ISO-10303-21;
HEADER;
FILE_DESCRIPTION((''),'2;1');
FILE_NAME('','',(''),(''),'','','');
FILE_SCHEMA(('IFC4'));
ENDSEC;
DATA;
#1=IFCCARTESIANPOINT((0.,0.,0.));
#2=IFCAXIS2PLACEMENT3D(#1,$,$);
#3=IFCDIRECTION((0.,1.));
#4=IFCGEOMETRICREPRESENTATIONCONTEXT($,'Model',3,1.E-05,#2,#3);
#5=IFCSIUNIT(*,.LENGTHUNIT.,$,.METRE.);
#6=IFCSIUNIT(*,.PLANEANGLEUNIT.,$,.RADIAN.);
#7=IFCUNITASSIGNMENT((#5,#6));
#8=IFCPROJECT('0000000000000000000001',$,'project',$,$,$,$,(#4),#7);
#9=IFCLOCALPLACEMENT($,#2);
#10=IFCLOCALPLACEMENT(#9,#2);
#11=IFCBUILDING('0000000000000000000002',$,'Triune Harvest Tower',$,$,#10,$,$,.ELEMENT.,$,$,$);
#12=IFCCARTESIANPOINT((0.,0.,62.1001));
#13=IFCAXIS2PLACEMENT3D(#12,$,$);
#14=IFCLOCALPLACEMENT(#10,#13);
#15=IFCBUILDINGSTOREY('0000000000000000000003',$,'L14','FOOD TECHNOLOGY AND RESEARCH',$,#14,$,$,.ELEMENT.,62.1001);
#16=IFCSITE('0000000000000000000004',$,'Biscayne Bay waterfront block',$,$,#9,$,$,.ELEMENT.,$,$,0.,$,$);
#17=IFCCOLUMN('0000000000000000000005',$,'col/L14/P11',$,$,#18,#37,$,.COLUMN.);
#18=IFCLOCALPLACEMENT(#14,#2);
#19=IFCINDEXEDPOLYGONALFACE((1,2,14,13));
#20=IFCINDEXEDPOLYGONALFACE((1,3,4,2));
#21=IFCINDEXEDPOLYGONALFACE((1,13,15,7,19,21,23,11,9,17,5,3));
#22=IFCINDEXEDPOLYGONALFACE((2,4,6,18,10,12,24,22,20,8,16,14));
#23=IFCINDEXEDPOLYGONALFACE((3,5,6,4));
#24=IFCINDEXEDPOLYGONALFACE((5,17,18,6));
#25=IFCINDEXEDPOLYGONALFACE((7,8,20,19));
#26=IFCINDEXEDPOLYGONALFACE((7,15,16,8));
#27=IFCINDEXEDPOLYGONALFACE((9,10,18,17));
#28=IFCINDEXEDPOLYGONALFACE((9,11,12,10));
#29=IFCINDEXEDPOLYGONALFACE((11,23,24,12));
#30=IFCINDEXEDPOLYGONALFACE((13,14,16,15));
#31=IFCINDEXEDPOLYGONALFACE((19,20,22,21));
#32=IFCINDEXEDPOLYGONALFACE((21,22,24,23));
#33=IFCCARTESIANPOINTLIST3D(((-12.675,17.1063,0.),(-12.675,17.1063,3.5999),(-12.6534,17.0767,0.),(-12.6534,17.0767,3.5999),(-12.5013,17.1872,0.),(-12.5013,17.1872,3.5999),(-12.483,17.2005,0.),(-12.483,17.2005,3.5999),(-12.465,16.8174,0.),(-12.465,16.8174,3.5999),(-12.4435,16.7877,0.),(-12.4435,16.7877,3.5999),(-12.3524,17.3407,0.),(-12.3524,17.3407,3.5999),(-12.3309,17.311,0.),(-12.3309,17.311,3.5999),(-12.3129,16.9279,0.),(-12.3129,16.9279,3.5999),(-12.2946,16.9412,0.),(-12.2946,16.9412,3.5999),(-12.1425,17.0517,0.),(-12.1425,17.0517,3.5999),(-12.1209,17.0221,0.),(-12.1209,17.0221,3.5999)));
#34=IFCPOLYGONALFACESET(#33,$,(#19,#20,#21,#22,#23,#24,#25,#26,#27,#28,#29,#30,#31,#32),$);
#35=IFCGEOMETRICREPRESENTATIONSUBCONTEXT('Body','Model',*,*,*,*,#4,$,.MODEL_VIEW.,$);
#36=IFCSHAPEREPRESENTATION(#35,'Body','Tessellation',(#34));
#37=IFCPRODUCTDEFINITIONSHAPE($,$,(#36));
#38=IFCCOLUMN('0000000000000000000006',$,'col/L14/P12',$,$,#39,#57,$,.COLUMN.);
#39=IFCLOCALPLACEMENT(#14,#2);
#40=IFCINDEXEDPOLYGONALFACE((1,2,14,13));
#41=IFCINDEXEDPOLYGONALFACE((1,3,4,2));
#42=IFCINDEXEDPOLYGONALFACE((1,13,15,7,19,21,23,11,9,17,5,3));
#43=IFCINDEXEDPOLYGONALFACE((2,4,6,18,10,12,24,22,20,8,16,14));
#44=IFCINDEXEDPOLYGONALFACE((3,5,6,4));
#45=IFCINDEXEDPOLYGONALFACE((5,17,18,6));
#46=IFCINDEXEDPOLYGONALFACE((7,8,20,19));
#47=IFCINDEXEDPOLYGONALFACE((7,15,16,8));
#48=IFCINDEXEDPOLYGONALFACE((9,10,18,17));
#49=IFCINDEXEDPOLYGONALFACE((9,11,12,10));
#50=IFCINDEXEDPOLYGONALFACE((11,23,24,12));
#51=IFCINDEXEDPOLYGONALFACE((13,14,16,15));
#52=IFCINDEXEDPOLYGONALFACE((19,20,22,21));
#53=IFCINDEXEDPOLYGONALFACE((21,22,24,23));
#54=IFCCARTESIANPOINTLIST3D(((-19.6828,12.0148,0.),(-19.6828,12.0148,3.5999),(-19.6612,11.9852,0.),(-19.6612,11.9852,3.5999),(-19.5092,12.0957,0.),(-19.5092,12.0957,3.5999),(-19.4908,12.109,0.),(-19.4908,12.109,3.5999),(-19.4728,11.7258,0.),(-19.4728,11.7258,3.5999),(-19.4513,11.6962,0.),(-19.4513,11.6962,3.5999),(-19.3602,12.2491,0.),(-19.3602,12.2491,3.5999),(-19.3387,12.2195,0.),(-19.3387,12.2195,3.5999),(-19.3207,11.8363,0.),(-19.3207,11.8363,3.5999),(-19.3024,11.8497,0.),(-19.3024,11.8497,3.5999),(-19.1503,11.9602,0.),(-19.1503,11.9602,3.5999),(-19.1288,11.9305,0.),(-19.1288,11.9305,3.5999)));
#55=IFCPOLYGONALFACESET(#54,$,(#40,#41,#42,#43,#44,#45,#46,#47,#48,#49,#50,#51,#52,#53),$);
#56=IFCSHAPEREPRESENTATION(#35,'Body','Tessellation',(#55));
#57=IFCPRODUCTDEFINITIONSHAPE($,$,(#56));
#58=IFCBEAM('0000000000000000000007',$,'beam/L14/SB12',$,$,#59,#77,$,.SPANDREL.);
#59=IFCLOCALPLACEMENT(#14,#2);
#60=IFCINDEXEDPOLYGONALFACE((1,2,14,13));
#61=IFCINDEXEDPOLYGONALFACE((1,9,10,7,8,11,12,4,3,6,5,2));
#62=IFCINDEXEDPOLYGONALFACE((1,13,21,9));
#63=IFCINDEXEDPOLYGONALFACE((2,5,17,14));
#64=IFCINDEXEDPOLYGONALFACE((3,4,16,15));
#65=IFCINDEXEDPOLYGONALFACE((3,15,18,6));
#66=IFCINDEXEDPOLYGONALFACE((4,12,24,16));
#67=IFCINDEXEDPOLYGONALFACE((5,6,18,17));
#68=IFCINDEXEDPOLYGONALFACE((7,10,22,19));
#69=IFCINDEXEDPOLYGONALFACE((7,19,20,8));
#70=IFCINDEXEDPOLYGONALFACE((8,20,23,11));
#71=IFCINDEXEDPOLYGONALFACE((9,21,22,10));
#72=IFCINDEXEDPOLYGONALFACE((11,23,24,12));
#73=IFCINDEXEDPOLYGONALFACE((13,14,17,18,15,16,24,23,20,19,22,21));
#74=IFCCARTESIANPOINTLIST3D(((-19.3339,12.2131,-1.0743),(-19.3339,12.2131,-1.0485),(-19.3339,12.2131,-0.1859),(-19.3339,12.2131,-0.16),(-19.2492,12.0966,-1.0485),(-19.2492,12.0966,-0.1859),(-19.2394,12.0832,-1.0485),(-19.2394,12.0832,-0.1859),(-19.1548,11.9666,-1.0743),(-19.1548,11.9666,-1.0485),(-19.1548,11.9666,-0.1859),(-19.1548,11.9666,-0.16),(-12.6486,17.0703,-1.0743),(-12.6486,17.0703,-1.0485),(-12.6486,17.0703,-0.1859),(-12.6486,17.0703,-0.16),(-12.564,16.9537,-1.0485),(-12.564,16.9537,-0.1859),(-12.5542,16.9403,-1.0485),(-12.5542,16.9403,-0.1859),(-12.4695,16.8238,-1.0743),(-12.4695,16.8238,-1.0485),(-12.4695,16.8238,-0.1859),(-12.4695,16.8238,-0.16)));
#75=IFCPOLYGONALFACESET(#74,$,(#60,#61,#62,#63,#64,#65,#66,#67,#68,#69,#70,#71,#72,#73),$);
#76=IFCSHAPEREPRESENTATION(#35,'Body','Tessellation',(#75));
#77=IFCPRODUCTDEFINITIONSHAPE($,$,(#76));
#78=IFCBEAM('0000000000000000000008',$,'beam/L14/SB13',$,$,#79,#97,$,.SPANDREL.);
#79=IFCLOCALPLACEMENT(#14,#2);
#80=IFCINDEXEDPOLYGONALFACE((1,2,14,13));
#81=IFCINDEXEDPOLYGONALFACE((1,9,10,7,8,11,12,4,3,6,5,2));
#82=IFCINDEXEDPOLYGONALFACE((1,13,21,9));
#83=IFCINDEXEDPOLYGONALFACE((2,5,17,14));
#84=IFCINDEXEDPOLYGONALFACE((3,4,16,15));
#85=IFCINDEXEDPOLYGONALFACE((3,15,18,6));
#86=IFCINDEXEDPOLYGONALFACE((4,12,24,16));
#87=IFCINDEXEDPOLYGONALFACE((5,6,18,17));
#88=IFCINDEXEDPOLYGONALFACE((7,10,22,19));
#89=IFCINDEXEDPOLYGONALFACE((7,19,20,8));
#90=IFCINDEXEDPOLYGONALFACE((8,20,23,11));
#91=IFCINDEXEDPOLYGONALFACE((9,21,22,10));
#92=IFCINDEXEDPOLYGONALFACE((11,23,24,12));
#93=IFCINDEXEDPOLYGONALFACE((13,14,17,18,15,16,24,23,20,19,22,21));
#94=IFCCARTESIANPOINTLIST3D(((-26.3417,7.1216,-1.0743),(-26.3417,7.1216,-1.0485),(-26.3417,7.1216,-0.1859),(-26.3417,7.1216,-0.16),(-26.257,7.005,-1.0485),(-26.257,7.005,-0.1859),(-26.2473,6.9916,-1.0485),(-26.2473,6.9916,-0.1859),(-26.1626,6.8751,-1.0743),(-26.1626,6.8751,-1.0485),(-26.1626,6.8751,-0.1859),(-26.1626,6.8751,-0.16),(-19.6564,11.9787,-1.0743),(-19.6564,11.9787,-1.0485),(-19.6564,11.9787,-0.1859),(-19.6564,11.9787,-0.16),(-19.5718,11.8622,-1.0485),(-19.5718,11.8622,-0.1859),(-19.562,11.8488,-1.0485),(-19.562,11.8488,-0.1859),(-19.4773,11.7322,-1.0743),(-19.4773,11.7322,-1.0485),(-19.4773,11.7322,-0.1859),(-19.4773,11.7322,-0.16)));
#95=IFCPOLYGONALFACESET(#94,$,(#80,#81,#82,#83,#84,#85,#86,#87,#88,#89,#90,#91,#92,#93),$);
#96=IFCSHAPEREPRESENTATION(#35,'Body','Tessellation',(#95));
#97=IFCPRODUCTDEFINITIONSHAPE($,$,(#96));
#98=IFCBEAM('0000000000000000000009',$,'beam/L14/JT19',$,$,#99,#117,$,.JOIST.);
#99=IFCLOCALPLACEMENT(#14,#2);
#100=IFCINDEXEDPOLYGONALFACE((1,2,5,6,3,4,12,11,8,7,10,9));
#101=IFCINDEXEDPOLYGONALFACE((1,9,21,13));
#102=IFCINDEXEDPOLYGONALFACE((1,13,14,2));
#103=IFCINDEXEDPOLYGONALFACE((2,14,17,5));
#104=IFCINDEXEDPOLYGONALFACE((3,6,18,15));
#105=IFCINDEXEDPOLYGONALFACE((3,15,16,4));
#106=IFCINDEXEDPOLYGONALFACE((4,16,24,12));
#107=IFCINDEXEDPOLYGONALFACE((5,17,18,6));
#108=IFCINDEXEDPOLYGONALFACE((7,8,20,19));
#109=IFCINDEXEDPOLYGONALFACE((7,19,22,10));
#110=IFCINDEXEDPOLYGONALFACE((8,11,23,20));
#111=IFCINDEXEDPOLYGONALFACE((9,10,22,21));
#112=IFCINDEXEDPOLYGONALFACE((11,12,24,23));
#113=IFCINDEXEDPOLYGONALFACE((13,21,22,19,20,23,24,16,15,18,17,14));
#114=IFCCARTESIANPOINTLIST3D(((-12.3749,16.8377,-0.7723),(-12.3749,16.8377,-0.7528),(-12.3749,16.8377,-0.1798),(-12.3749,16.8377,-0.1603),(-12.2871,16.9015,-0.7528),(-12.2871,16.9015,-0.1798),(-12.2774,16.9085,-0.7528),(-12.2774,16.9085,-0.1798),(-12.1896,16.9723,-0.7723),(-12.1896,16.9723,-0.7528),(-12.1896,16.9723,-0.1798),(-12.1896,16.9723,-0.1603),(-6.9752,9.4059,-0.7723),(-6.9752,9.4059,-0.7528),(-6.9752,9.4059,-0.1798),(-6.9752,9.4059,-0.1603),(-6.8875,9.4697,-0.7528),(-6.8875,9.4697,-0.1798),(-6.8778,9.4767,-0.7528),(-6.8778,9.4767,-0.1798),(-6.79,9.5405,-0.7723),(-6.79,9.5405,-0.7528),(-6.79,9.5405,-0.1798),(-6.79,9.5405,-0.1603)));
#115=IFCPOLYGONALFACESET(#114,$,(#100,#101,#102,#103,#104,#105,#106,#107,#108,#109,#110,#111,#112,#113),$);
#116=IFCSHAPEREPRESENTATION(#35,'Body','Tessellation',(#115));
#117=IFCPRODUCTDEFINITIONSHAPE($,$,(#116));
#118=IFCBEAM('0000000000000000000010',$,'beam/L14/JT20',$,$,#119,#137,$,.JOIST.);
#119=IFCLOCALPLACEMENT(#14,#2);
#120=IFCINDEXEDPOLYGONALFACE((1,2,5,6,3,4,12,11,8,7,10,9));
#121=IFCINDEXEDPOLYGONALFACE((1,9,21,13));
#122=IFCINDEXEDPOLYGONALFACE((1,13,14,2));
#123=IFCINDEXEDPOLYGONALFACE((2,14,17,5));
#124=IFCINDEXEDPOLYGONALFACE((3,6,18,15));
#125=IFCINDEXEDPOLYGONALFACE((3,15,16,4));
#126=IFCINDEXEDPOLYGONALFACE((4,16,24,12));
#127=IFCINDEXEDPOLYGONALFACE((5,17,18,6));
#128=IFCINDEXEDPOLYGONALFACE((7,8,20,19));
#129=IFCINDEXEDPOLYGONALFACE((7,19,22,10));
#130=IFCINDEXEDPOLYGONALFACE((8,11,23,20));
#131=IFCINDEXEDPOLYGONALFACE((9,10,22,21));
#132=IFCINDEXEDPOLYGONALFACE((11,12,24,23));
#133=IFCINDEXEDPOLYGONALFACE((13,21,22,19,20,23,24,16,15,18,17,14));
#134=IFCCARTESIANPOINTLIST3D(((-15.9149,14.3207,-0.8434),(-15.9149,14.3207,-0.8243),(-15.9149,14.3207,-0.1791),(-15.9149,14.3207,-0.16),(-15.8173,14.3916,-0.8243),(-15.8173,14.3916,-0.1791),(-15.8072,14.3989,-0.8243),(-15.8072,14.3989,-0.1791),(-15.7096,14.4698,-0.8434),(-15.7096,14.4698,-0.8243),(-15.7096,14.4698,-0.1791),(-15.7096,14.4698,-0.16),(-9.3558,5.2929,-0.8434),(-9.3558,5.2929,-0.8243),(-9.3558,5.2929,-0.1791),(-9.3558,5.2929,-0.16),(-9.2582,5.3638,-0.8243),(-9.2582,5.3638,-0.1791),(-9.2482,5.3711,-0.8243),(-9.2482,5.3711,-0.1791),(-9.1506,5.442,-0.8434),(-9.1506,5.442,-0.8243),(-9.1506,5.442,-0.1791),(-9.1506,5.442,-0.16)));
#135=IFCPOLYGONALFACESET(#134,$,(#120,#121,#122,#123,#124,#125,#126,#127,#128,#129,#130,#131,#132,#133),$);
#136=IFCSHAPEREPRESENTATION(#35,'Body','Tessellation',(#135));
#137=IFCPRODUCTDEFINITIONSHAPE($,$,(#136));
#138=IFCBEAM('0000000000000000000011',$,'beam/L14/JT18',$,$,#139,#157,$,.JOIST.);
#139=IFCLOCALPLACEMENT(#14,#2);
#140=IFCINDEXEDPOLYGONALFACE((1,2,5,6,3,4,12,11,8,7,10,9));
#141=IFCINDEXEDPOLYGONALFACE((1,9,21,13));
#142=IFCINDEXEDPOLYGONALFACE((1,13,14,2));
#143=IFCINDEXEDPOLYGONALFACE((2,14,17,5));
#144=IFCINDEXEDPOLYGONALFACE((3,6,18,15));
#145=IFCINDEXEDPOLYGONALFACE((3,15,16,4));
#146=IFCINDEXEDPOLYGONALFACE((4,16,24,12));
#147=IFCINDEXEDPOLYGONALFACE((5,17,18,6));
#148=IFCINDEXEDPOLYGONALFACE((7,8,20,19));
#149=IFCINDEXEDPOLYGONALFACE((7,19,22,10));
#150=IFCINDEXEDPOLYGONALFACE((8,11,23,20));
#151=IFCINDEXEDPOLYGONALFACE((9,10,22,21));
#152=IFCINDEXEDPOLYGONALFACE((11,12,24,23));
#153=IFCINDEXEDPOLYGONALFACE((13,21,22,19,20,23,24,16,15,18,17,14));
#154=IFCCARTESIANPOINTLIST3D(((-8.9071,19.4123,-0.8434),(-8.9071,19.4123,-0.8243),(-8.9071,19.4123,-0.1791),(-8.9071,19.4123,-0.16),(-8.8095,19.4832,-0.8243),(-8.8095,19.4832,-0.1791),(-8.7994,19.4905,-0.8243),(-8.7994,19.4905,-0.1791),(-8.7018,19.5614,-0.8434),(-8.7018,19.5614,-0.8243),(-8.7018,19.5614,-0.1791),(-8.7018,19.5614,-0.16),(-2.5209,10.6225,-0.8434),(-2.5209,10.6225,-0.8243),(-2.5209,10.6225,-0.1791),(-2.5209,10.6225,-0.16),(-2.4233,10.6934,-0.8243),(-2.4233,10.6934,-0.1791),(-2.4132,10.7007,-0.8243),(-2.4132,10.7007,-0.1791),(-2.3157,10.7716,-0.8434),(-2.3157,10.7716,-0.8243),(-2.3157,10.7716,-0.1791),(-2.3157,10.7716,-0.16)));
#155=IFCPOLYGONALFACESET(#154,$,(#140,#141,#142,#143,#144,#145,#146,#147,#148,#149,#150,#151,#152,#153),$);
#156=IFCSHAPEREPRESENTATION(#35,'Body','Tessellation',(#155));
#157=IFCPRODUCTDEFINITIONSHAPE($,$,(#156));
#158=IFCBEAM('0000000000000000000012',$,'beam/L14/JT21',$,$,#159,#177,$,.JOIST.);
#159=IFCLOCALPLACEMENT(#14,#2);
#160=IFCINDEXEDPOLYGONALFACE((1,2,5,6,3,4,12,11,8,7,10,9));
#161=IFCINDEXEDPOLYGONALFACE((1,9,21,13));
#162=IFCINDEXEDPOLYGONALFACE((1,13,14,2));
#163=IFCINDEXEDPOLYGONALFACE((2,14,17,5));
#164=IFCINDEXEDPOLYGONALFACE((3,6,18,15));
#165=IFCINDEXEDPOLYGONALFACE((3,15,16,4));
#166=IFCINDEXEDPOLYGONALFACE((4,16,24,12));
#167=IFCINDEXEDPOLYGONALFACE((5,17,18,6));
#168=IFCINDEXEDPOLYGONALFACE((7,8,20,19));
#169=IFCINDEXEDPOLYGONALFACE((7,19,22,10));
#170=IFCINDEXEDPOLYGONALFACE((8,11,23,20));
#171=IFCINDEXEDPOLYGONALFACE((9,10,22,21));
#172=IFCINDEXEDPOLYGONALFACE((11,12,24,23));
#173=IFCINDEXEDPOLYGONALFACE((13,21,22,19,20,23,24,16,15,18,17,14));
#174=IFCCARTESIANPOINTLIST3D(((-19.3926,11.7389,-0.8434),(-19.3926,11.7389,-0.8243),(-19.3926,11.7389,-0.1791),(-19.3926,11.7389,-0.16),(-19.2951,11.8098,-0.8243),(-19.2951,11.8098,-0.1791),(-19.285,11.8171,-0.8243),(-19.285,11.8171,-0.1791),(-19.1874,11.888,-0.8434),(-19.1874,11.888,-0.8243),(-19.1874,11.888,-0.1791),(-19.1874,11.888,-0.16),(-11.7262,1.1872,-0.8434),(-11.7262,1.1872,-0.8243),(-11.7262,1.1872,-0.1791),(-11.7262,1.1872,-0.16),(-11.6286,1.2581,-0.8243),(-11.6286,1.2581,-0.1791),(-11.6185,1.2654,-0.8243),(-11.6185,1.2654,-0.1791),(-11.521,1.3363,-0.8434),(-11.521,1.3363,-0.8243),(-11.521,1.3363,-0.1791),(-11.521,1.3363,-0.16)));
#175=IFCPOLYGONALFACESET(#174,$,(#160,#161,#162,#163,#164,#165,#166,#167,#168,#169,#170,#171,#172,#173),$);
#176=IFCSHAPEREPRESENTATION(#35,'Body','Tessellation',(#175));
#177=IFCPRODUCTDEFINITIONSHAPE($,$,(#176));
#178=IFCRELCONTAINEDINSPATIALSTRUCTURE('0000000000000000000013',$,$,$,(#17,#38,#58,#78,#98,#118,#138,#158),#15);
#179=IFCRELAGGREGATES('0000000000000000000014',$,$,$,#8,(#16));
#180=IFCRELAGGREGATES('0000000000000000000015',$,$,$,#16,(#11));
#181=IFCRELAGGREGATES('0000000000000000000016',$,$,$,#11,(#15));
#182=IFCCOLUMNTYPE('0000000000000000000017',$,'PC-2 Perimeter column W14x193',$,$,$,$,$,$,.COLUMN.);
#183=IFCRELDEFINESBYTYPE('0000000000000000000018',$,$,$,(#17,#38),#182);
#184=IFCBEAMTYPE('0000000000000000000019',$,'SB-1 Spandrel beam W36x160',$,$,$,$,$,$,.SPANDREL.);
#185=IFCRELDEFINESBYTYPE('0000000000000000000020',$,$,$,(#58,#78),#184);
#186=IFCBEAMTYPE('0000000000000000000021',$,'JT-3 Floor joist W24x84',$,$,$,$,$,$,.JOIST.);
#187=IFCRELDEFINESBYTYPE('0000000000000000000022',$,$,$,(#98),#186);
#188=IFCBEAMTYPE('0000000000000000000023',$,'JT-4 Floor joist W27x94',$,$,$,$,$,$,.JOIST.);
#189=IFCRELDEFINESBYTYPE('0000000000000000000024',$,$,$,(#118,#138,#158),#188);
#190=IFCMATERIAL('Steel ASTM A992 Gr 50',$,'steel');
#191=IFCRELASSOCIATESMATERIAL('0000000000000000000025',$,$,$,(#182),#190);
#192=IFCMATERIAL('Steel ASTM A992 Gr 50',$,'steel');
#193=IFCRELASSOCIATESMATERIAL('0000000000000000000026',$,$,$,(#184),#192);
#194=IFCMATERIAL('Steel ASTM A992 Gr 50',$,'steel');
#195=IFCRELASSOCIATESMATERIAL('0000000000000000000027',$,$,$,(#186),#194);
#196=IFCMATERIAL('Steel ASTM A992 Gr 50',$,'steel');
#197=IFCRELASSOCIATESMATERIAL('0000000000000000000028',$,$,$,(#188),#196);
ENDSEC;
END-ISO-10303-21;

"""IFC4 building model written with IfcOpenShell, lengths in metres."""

from ifc_helpers import new_model, si_unit, direction, frame, origin, origin_2d, place, context, subcontext, project, spatial, i_section, extrude, source, transform, mapped, material, material_profile, profile_set, type_object, element, save


model = new_model("IFC4")

# Units and contexts
model_context = context("Model", 3, precision=1e-05, world=origin(), true_north=direction((0.0, 1.0)))
body_context = subcontext(model_context, "Body", "Model", "MODEL_VIEW")
ifc_project = project(units=[si_unit("LENGTHUNIT", "METRE"), si_unit("PLANEANGLEUNIT", "RADIAN")], contexts=[model_context])

# Site, building, storey
site_placement = place(None, origin())
site = spatial("IfcSite", under=ifc_project, at=site_placement, Name="Biscayne Bay waterfront block", CompositionType="ELEMENT", RefElevation=0.0)
building_placement = place(site_placement, origin())
building = spatial("IfcBuilding", under=site, at=building_placement, Name="Triune Harvest Tower", CompositionType="ELEMENT")
storey_placement = place(building_placement, frame((0.0, 0.0, 62.1001)))
storey = spatial("IfcBuildingStorey", under=building, at=storey_placement, Name="L14", Description="FOOD TECHNOLOGY AND RESEARCH", CompositionType="ELEMENT", Elevation=62.1001)

# Columns
ifc_material_1 = material(Name="Steel ASTM A992 Gr 50", Category="steel")
ifc_material_profile_1 = material_profile(ifc_material_1, i_section(OverallWidth=0.3987, OverallDepth=0.3938, WebThickness=0.0227, FlangeThickness=0.0366, at=origin_2d()), Name="W14x193")
ifc_profile_set_1 = profile_set([ifc_material_profile_1], Name="Steel ASTM A992 Gr 50")
column_type = type_object("IfcColumnType", Name="PC-2 Perimeter column W14x193", PredefinedType="COLUMN", material=ifc_profile_set_1)
shared_shape_1 = source(origin(), body_context, "Body", "SweptSolid", [
    extrude(i_section(OverallWidth=0.3987, OverallDepth=0.3938, WebThickness=0.0227, FlangeThickness=0.0366, at=origin_2d()), origin(), (0.0, 0.0, 1.0), 3.5999),
])
for number, where, z_axis, x_axis, name in (
    (1, (-12.3979, 17.0642, 0.0), (0.0, 0.0, 1.0), (-0.809017, -0.587785, 0.0), "col/L14/P11"),
    (2, (-19.4058, 11.9727, 0.0), (0.0, 0.0, 1.0), (-0.809017, -0.587785, 0.0), "col/L14/P12"),
):
    element("IfcColumn", number, at=place(storey_placement, frame(where, z_axis=z_axis, x_axis=x_axis)), inside=storey, type_object=column_type, Name=name, PredefinedType="COLUMN", context=body_context, shape_type="MappedRepresentation", body=[
        mapped(shared_shape_1, transform((0.0, 0.0, 0.0), scale=1.0)),
    ])

# Beams
ifc_material_2 = material(Name="Steel ASTM A992 Gr 50", Category="steel")
ifc_material_profile_2 = material_profile(ifc_material_2, i_section(OverallWidth=0.3047, OverallDepth=0.9143, WebThickness=0.0166, FlangeThickness=0.0259, at=origin_2d()), Name="W36x160")
ifc_profile_set_2 = profile_set([ifc_material_profile_2], Name="Steel ASTM A992 Gr 50")
beam_type_1 = type_object("IfcBeamType", Name="SB-1 Spandrel beam W36x160", PredefinedType="SPANDREL", material=ifc_profile_set_2)
shared_shape_2 = source(origin(), body_context, "Body", "SweptSolid", [
    extrude(i_section(OverallWidth=0.3047, OverallDepth=0.9143, WebThickness=0.0166, FlangeThickness=0.0259, at=origin_2d()), origin(), (0.0, 0.0, 1.0), 8.2634),
])
for number, where, z_axis, x_axis, name in (
    (3, (-12.5591, 16.947, -0.6172), (-0.809016, -0.587787, 0.0), (0.587787, -0.809016, 0.0), "beam/L14/SB12"),
    (4, (-19.5669, 11.8555, -0.6172), (-0.809016, -0.587787, 0.0), (0.587787, -0.809016, 0.0), "beam/L14/SB13"),
):
    element("IfcBeam", number, at=place(storey_placement, frame(where, z_axis=z_axis, x_axis=x_axis)), inside=storey, type_object=beam_type_1, Name=name, PredefinedType="SPANDREL", context=body_context, shape_type="MappedRepresentation", body=[
        mapped(shared_shape_2, transform((0.0, 0.0, 0.0), scale=1.0)),
    ])
ifc_material_3 = material(Name="Steel ASTM A992 Gr 50", Category="steel")
ifc_material_profile_3 = material_profile(ifc_material_3, i_section(OverallWidth=0.229, OverallDepth=0.6121, WebThickness=0.012, FlangeThickness=0.0195, at=origin_2d()), Name="W24x84")
ifc_profile_set_3 = profile_set([ifc_material_profile_3], Name="Steel ASTM A992 Gr 50")
beam_type_2 = type_object("IfcBeamType", Name="JT-3 Floor joist W24x84", PredefinedType="JOIST", material=ifc_profile_set_3)
shared_shape_3 = source(origin(), body_context, "Body", "SweptSolid", [
    extrude(i_section(OverallWidth=0.229, OverallDepth=0.6121, WebThickness=0.012, FlangeThickness=0.0195, at=origin_2d()), origin(), (0.0, 0.0, 1.0), 9.1863),
])
beam_1_placement = place(storey_placement, frame((-12.2822, 16.905, -0.4663), z_axis=(0.587791, -0.809013, 0.0), x_axis=(0.809013, 0.587791, 0.0)))
element("IfcBeam", 5, at=beam_1_placement, inside=storey, type_object=beam_type_2, Name="beam/L14/JT19", PredefinedType="JOIST", context=body_context, shape_type="MappedRepresentation", body=[
    mapped(shared_shape_3, transform((0.0, 0.0, 0.0), scale=1.0)),
])
ifc_material_4 = material(Name="Steel ASTM A992 Gr 50", Category="steel")
ifc_material_profile_4 = material_profile(ifc_material_4, i_section(OverallWidth=0.2537, OverallDepth=0.6833, WebThickness=0.0125, FlangeThickness=0.019, at=origin_2d()), Name="W27x94")
ifc_profile_set_4 = profile_set([ifc_material_profile_4], Name="Steel ASTM A992 Gr 50")
beam_type_3 = type_object("IfcBeamType", Name="JT-4 Floor joist W27x94", PredefinedType="JOIST", material=ifc_profile_set_4)
shared_shape_4 = source(origin(), body_context, "Body", "SweptSolid", [
    extrude(i_section(OverallWidth=0.2537, OverallDepth=0.6833, WebThickness=0.0125, FlangeThickness=0.019, at=origin_2d()), origin(), (0.0, 0.0, 1.0), 11.1589),
])
beam_2_placement = place(storey_placement, frame((-15.8123, 14.3953, -0.5017), z_axis=(0.587784, -0.809018, 0.0), x_axis=(0.809018, 0.587784, 0.0)))
element("IfcBeam", 6, at=beam_2_placement, inside=storey, type_object=beam_type_3, Name="beam/L14/JT20", PredefinedType="JOIST", context=body_context, shape_type="MappedRepresentation", body=[
    mapped(shared_shape_4, transform((0.0, 0.0, 0.0), scale=1.0)),
])
shared_shape_5 = source(origin(), body_context, "Body", "SweptSolid", [
    extrude(i_section(OverallWidth=0.2537, OverallDepth=0.6833, WebThickness=0.0125, FlangeThickness=0.019, at=origin_2d()), origin(), (0.0, 0.0, 1.0), 10.8647),
])
beam_3_placement = place(storey_placement, frame((-8.8044, 19.4868, -0.5017), z_axis=(0.58779, -0.809014, 0.0), x_axis=(0.809014, 0.58779, 0.0)))
element("IfcBeam", 7, at=beam_3_placement, inside=storey, type_object=beam_type_3, Name="beam/L14/JT18", PredefinedType="JOIST", context=body_context, shape_type="MappedRepresentation", body=[
    mapped(shared_shape_5, transform((0.0, 0.0, 0.0), scale=1.0)),
])
shared_shape_6 = source(origin(), body_context, "Body", "SweptSolid", [
    extrude(i_section(OverallWidth=0.2537, OverallDepth=0.6833, WebThickness=0.0125, FlangeThickness=0.019, at=origin_2d()), origin(), (0.0, 0.0, 1.0), 13.0427),
])
beam_4_placement = place(storey_placement, frame((-19.29, 11.8135, -0.5017), z_axis=(0.587795, -0.80901, 0.0), x_axis=(0.80901, 0.587795, 0.0)))
element("IfcBeam", 8, at=beam_4_placement, inside=storey, type_object=beam_type_3, Name="beam/L14/JT21", PredefinedType="JOIST", context=body_context, shape_type="MappedRepresentation", body=[
    mapped(shared_shape_6, transform((0.0, 0.0, 0.0), scale=1.0)),
])

save(model, "model.ifc")
